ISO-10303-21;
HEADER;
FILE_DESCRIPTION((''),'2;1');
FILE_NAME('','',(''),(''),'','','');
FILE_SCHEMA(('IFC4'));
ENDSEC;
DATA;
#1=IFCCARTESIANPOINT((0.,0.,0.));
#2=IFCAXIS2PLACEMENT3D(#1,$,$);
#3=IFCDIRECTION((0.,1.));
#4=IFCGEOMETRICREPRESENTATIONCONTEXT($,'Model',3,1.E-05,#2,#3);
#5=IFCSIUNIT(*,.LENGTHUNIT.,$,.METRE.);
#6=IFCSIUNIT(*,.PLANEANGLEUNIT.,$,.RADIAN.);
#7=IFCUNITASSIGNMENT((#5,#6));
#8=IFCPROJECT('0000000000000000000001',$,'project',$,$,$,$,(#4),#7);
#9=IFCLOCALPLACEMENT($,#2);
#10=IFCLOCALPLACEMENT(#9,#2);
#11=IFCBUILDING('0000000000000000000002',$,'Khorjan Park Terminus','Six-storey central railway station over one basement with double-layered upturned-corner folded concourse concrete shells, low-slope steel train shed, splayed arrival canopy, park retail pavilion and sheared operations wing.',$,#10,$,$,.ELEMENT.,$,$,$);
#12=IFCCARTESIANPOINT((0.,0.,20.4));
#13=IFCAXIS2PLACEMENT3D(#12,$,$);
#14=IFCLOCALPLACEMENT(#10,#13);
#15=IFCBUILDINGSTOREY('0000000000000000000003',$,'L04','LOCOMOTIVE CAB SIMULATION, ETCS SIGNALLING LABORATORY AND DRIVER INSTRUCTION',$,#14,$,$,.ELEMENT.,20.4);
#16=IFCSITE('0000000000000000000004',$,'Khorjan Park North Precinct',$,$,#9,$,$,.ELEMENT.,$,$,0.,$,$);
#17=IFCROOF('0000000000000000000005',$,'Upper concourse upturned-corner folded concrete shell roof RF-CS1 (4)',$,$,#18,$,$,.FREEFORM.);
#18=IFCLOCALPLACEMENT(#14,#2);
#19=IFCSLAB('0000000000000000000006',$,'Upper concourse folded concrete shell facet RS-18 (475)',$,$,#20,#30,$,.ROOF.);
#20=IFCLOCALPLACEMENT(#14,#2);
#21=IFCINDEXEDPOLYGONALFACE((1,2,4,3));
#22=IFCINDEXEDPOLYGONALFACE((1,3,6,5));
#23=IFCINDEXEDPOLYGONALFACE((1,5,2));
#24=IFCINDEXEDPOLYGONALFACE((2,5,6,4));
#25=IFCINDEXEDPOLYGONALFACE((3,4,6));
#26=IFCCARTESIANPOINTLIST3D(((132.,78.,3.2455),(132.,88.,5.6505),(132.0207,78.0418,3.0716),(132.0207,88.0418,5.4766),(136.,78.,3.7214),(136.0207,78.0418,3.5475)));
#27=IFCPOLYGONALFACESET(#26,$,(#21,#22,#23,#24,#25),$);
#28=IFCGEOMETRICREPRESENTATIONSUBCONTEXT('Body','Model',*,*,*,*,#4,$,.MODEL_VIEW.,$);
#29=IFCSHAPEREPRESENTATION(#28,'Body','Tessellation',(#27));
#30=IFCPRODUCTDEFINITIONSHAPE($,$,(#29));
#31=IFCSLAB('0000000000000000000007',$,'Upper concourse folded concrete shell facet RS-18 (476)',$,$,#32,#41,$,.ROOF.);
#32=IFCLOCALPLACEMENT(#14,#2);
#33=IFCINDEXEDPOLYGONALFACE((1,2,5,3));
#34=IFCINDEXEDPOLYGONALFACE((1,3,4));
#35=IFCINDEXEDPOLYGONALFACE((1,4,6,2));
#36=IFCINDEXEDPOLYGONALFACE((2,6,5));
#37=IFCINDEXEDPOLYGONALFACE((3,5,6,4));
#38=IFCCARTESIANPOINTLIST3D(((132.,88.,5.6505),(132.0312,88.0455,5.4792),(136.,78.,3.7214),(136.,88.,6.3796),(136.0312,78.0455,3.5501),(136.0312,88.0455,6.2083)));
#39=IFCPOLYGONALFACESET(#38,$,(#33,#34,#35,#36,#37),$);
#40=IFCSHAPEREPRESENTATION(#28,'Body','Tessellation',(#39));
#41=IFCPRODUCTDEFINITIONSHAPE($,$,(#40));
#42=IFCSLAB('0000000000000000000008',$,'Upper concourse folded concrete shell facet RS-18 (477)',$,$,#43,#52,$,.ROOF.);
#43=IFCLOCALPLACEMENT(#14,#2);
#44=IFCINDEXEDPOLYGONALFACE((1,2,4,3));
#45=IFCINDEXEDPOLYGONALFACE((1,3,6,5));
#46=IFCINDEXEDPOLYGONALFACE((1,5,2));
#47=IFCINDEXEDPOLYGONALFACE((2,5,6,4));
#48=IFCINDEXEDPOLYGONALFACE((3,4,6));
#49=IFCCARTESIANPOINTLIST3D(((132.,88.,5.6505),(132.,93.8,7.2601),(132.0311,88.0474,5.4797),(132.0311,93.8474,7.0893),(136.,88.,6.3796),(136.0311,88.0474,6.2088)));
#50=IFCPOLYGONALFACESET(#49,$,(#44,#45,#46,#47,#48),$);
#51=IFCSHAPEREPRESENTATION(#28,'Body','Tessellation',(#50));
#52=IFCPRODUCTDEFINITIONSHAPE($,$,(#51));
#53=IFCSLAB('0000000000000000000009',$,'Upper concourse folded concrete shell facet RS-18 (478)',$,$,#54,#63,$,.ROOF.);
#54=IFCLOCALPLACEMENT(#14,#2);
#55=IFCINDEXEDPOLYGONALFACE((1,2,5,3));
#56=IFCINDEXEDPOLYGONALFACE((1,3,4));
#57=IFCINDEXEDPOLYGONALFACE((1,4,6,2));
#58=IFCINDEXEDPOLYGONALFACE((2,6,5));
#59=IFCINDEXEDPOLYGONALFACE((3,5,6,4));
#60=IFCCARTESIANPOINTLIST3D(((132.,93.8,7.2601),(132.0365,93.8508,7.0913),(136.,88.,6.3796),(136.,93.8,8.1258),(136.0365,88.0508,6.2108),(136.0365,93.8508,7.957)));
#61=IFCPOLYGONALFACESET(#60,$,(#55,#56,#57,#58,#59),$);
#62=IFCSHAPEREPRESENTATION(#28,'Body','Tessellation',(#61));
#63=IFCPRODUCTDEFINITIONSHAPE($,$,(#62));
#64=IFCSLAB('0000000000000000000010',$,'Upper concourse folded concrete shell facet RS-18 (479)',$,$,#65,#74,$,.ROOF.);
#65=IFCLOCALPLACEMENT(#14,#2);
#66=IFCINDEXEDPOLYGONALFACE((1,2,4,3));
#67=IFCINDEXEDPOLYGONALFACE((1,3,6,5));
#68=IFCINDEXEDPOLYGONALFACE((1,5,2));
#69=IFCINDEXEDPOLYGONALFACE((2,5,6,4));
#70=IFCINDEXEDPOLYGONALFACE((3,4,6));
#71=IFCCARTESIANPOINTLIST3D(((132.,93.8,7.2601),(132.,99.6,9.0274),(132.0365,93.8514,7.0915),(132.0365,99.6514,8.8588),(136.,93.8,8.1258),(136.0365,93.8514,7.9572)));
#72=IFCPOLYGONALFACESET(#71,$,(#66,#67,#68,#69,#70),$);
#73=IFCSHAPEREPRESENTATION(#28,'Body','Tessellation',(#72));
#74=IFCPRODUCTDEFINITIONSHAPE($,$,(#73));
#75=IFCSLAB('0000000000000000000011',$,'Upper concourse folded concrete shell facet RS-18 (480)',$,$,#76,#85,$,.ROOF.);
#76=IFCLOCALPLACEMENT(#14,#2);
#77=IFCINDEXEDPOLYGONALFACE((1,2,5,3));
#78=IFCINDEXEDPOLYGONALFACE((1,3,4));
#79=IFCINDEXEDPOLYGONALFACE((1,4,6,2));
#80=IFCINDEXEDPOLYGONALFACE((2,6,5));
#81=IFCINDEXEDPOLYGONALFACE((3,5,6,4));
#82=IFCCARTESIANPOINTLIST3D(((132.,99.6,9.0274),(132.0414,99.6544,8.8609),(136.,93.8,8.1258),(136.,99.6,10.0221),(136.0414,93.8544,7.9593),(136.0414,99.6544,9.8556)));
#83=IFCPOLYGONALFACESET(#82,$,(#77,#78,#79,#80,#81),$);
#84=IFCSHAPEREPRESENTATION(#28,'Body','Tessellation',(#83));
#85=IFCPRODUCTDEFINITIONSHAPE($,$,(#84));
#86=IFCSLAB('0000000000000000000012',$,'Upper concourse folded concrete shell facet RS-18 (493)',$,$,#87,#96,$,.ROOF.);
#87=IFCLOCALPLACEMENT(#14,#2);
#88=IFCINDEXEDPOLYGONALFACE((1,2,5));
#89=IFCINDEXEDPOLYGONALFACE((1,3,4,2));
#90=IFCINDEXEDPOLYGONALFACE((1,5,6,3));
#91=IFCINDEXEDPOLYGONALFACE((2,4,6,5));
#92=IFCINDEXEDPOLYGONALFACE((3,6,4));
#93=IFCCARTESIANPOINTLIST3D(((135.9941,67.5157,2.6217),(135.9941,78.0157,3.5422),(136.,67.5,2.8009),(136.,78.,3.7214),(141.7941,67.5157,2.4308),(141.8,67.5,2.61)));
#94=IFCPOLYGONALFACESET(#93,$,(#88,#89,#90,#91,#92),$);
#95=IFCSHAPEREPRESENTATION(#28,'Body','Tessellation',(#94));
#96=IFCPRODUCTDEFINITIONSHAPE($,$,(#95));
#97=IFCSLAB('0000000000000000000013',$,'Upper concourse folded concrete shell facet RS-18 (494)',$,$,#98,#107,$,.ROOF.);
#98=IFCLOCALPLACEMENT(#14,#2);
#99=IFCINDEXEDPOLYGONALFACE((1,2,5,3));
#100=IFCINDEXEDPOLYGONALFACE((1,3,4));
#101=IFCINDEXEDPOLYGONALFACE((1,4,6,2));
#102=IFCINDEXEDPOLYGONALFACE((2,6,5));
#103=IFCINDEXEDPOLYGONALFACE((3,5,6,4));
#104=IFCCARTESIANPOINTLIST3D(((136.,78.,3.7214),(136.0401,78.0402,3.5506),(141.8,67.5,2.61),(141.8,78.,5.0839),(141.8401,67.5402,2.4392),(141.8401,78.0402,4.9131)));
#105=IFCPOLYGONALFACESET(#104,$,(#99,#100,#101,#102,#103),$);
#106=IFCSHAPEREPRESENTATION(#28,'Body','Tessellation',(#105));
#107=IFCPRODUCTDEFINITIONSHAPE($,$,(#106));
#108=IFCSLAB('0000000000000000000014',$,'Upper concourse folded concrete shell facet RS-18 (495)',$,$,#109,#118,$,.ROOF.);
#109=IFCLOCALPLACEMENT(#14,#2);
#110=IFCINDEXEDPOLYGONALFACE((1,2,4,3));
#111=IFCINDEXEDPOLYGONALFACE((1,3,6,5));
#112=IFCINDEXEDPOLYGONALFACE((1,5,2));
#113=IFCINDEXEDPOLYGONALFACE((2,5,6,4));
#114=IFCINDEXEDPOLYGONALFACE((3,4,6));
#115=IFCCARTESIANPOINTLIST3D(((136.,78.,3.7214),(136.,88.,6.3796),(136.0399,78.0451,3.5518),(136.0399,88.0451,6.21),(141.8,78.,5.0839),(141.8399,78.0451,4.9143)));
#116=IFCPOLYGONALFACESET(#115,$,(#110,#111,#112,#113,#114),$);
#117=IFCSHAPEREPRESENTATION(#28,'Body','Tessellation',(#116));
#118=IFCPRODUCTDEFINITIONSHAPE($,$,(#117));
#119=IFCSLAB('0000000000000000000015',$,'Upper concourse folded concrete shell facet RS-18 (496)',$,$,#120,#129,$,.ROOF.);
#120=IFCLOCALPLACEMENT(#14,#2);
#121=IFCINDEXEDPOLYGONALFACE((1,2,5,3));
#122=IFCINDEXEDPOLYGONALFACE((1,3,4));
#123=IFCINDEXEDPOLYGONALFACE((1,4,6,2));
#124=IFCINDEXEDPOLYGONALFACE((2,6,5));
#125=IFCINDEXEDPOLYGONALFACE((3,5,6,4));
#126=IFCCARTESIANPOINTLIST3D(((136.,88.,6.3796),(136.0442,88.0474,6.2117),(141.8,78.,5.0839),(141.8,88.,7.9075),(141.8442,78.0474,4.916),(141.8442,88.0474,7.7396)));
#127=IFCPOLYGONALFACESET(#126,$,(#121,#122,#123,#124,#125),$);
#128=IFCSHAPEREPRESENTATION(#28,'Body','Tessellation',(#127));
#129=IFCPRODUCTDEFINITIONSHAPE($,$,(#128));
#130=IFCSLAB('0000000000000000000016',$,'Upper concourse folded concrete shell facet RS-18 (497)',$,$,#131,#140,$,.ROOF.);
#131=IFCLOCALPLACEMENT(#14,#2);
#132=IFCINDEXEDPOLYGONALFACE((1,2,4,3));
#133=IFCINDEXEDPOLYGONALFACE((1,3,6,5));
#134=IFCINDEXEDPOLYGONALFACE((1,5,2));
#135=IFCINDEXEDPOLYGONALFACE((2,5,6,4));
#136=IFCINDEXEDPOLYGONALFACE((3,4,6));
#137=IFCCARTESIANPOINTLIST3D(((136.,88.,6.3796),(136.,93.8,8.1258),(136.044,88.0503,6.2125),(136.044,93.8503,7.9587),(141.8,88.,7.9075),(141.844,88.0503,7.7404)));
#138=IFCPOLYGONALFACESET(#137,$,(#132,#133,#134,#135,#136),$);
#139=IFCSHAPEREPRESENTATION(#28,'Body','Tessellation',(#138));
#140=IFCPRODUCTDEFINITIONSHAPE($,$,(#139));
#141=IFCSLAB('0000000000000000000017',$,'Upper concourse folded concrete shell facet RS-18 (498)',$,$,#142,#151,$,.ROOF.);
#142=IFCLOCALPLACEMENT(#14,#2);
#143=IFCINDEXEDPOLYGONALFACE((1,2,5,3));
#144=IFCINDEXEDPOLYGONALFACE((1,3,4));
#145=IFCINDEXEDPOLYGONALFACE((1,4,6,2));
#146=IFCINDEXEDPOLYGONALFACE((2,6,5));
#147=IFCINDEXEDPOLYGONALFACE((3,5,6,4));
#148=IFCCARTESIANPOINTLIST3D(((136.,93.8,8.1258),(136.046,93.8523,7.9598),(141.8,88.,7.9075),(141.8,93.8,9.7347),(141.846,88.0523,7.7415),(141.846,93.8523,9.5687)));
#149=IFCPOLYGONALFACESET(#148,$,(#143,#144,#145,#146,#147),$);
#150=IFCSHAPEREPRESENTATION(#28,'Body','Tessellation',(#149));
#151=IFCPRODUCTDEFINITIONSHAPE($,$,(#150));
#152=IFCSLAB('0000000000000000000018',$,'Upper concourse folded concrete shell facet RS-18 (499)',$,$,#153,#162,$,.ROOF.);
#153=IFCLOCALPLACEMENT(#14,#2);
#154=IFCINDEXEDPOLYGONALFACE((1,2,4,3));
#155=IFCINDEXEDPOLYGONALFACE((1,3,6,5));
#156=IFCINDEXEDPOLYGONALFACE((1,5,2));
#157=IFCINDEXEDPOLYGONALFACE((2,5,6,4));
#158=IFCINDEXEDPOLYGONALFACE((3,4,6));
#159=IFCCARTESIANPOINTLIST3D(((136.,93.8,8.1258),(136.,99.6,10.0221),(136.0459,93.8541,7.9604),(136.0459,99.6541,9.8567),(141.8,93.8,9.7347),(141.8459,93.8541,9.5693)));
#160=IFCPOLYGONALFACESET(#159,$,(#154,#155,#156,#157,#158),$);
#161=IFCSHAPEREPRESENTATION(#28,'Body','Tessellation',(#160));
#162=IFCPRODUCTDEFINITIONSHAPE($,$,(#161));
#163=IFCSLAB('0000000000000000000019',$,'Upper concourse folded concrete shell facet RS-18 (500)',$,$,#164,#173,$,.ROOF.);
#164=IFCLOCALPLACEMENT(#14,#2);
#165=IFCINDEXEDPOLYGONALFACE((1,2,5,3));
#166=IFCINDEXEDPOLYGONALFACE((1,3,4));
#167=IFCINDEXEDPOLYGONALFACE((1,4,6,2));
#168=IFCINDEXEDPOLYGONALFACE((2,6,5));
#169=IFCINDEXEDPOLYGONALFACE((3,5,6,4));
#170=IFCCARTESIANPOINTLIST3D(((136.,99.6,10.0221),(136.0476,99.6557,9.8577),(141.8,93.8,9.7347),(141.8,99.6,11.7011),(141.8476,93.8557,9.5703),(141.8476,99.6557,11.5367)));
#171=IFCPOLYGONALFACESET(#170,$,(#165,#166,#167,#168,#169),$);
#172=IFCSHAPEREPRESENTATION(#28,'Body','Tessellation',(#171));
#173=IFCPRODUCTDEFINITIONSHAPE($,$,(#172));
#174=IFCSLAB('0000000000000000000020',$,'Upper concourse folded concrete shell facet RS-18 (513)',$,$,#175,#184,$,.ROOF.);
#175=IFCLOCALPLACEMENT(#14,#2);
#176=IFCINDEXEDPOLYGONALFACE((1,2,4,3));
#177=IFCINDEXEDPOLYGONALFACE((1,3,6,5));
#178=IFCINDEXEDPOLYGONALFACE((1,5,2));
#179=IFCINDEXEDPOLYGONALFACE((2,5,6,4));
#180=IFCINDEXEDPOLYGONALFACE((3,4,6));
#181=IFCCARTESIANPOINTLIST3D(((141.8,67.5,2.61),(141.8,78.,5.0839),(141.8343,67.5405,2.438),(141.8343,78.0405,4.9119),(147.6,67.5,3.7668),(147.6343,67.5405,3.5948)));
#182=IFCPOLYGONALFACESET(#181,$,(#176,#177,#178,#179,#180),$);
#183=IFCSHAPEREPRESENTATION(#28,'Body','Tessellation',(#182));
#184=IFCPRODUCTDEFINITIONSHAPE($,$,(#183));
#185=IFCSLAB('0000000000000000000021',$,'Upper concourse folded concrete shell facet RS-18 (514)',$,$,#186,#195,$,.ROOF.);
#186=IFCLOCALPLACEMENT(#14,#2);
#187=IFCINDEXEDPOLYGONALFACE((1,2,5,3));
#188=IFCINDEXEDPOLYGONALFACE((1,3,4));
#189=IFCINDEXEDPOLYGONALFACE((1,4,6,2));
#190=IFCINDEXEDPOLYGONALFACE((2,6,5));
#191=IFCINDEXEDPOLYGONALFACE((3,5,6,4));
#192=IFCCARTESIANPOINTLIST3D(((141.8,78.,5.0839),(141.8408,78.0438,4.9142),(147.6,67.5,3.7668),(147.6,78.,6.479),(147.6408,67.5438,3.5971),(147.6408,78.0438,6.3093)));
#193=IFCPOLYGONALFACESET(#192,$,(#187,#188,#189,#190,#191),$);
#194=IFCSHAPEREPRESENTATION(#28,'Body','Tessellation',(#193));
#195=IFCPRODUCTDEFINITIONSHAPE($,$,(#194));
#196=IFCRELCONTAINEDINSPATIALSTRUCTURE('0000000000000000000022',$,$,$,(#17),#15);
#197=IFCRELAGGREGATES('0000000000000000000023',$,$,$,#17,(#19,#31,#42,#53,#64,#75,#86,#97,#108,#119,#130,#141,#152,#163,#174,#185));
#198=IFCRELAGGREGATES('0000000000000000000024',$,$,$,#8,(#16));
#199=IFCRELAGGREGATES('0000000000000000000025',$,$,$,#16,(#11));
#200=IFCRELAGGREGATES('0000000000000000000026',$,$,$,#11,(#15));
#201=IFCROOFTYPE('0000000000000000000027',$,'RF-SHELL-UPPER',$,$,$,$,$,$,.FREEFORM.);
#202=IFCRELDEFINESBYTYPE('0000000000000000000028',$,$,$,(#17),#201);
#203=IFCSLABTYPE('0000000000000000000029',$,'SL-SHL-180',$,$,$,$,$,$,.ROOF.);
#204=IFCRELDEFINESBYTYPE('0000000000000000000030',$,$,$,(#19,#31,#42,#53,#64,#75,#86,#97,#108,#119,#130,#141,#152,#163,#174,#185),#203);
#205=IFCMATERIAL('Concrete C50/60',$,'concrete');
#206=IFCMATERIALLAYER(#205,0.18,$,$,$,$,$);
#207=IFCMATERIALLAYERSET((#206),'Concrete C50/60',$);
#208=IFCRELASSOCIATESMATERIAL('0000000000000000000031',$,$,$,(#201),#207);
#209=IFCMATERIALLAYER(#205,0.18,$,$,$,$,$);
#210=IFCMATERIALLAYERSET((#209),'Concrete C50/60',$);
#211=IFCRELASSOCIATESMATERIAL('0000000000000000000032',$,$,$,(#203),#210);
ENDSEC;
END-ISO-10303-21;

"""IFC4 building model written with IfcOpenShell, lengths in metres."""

from ifc_helpers import new_model, si_unit, direction, frame, origin, place, context, subcontext, project, spatial, polyline, outline, extrude, material, layer, layer_set, type_object, element, aggregate, save


model = new_model("IFC4")

# Units and contexts
model_context = context("Model", 3, precision=1e-05, world=origin(), true_north=direction((0.0, 1.0)))
body_context = subcontext(model_context, "Body", "Model", "MODEL_VIEW")
ifc_project = project(units=[si_unit("LENGTHUNIT", "METRE"), si_unit("PLANEANGLEUNIT", "RADIAN")], contexts=[model_context])

# Site, building, storey
site_placement = place(None, origin())
site = spatial("IfcSite", under=ifc_project, at=site_placement, Name="Khorjan Park North Precinct", CompositionType="ELEMENT", RefElevation=0.0)
building_placement = place(site_placement, origin())
building = spatial("IfcBuilding", under=site, at=building_placement, Name="Khorjan Park Terminus", Description="Six-storey central railway station over one basement with double-layered upturned-corner folded concourse concrete shells, low-slope steel train shed, splayed arrival canopy, park retail pavilion and sheared operations wing.", CompositionType="ELEMENT")
storey_placement = place(building_placement, frame((0.0, 0.0, 20.4)))
storey = spatial("IfcBuildingStorey", under=building, at=storey_placement, Name="L04", Description="LOCOMOTIVE CAB SIMULATION, ETCS SIGNALLING LABORATORY AND DRIVER INSTRUCTION", CompositionType="ELEMENT", Elevation=20.4)

# Roof, slabs
ifc_material = material(Name="Concrete C50/60", Category="concrete")
ifc_layer_1 = layer(ifc_material, 0.18)
ifc_layer_set_1 = layer_set([ifc_layer_1], Name="Concrete C50/60")
roof_type = type_object("IfcRoofType", Name="RF-SHELL-UPPER", PredefinedType="FREEFORM", material=ifc_layer_set_1)
ifc_layer_2 = layer(ifc_material, 0.18)
ifc_layer_set_2 = layer_set([ifc_layer_2], Name="Concrete C50/60")
slab_type = type_object("IfcSlabType", Name="SL-SHL-180", PredefinedType="ROOF", material=ifc_layer_set_2)
roof_1_placement = place(storey_placement, origin())
roof_1 = element("IfcRoof", 1, at=roof_1_placement, inside=storey, type_object=roof_type, Name="Upper concourse upturned-corner folded concrete shell roof RF-CS1 (4)", PredefinedType="FREEFORM")
slab_1_placement = place(storey_placement, frame((132.0, 78.0, 3.2455), z_axis=(-0.11491, -0.232284, 0.965836), x_axis=(0.992997, 0.0, 0.118142)))
slab_1 = element("IfcSlab", 2, at=slab_1_placement, type_object=slab_type, Name="Upper concourse folded concrete shell facet RS-18 (475)", PredefinedType="ROOF", context=body_context, shape_type="SweptSolid", body=[
    extrude(outline(polyline([(0.0, 0.0), (4.0282, 0.0), (0.2841, 10.2812), (0.0, 0.0)])), origin(), (0.0, 0.0, -1.0), 0.18),
])
slab_2_placement = place(storey_placement, frame((136.0, 78.0, 3.7214), z_axis=(-0.173486, -0.253003, 0.951784), x_axis=(0.0, 0.966438, 0.256899)))
slab_2 = element("IfcSlab", 3, at=slab_2_placement, type_object=slab_type, Name="Upper concourse folded concrete shell facet RS-18 (476)", PredefinedType="ROOF", context=body_context, shape_type="SweptSolid", body=[
    extrude(outline(polyline([(0.0, 0.0), (10.3473, 0.0), (10.16, 4.0616), (0.0, 0.0)])), origin(), (0.0, 0.0, -1.0), 0.18),
])
slab_3_placement = place(storey_placement, frame((132.0, 88.0, 5.6505), z_axis=(-0.172989, -0.263379, 0.949055), x_axis=(0.983791, 0.0, 0.17932)))
slab_3 = element("IfcSlab", 4, at=slab_3_placement, type_object=slab_type, Name="Upper concourse folded concrete shell facet RS-18 (477)", PredefinedType="ROOF", context=body_context, shape_type="SweptSolid", body=[
    extrude(outline(polyline([(0.0, 0.0), (4.0659, 0.0), (0.2886, 6.0123), (0.0, 0.0)])), origin(), (0.0, 0.0, -1.0), 0.18),
])
slab_4_placement = place(storey_placement, frame((136.0, 88.0, 6.3796), z_axis=(-0.202925, -0.282289, 0.937622), x_axis=(0.0, 0.957544, 0.288287)))
slab_4 = element("IfcSlab", 5, at=slab_4_placement, type_object=slab_type, Name="Upper concourse folded concrete shell facet RS-18 (478)", PredefinedType="ROOF", context=body_context, shape_type="SweptSolid", body=[
    extrude(outline(polyline([(0.0, 0.0), (6.0572, 0.0), (5.8076, 4.085), (0.0, 0.0)])), origin(), (0.0, 0.0, -1.0), 0.18),
])
slab_5_placement = place(storey_placement, frame((132.0, 93.8, 7.2601), z_axis=(-0.202728, -0.285423, 0.936715), x_axis=(0.977372, 0.0, 0.211528)))
slab_5 = element("IfcSlab", 6, at=slab_5_placement, type_object=slab_type, Name="Upper concourse folded concrete shell facet RS-18 (479)", PredefinedType="ROOF", context=body_context, shape_type="SweptSolid", body=[
    extrude(outline(polyline([(0.0, 0.0), (4.0926, 0.0), (0.3738, 6.0517), (0.0, 0.0)])), origin(), (0.0, 0.0, -1.0), 0.18),
])
slab_6_placement = place(storey_placement, frame((136.0, 93.8, 8.1258), z_axis=(-0.230025, -0.302427, 0.925001), x_axis=(0.0, 0.950488, 0.31076)))
slab_6 = element("IfcSlab", 7, at=slab_6_placement, type_object=slab_type, Name="Upper concourse folded concrete shell facet RS-18 (480)", PredefinedType="ROOF", context=body_context, shape_type="SweptSolid", body=[
    extrude(outline(polyline([(0.0, 0.0), (6.1021, 0.0), (5.793, 4.1102), (0.0, 0.0)])), origin(), (0.0, 0.0, -1.0), 0.18),
])
slab_7_placement = place(storey_placement, frame((136.0, 67.5, 2.8009), z_axis=(0.03277, -0.087285, 0.995644), x_axis=(0.999459, 0.0, -0.032896)))
slab_7 = element("IfcSlab", 8, at=slab_7_placement, type_object=slab_type, Name="Upper concourse folded concrete shell facet RS-18 (493)", PredefinedType="ROOF", context=body_context, shape_type="SweptSolid", body=[
    extrude(outline(polyline([(0.0, 0.0), (5.8031, 0.0), (-0.0303, 10.5402), (0.0, 0.0)])), origin(), (0.0, 0.0, -1.0), 0.18),
])
slab_8_placement = place(storey_placement, frame((141.8, 67.5, 2.61), z_axis=(-0.2229, -0.223561, 0.94886), x_axis=(0.0, 0.973349, 0.22933)))
slab_8 = element("IfcSlab", 9, at=slab_8_placement, type_object=slab_type, Name="Upper concourse folded concrete shell facet RS-18 (494)", PredefinedType="ROOF", context=body_context, shape_type="SweptSolid", body=[
    extrude(outline(polyline([(0.0, 0.0), (10.7875, 0.0), (10.475, 5.9497), (0.0, 0.0)])), origin(), (0.0, 0.0, -1.0), 0.18),
])
slab_9_placement = place(storey_placement, frame((136.0, 78.0, 3.7214), z_axis=(-0.221396, -0.250523, 0.942455), x_axis=(0.9735, 0.0, 0.228688)))
slab_9 = element("IfcSlab", 10, at=slab_9_placement, type_object=slab_type, Name="Upper concourse folded concrete shell facet RS-18 (495)", PredefinedType="ROOF", context=body_context, shape_type="SweptSolid", body=[
    extrude(outline(polyline([(0.0, 0.0), (5.9579, 0.0), (0.6079, 10.3294), (0.0, 0.0)])), origin(), (0.0, 0.0, -1.0), 0.18),
])
slab_10_placement = place(storey_placement, frame((141.8, 78.0, 5.0839), z_axis=(-0.245744, -0.263403, 0.932861), x_axis=(0.0, 0.962372, 0.271735)))
slab_10 = element("IfcSlab", 11, at=slab_10_placement, type_object=slab_type, Name="Upper concourse folded concrete shell facet RS-18 (496)", PredefinedType="ROOF", context=body_context, shape_type="SweptSolid", body=[
    extrude(outline(polyline([(0.0, 0.0), (10.391, 0.0), (9.9758, 5.9835), (0.0, 0.0)])), origin(), (0.0, 0.0, -1.0), 0.18),
])
slab_11_placement = place(storey_placement, frame((136.0, 88.0, 6.3796), z_axis=(-0.244586, -0.279531, 0.928461), x_axis=(0.967009, 0.0, 0.25474)))
slab_11 = element("IfcSlab", 12, at=slab_11_placement, type_object=slab_type, Name="Upper concourse folded concrete shell facet RS-18 (497)", PredefinedType="ROOF", context=body_context, shape_type="SweptSolid", body=[
    extrude(outline(polyline([(0.0, 0.0), (5.9979, 0.0), (0.4448, 6.0408), (0.0, 0.0)])), origin(), (0.0, 0.0, -1.0), 0.18),
])
slab_12_placement = place(storey_placement, frame((141.8, 88.0, 7.9075), z_axis=(-0.255777, -0.290481, 0.922062), x_axis=(0.0, 0.953789, 0.300476)))
slab_12 = element("IfcSlab", 13, at=slab_12_placement, type_object=slab_type, Name="Upper concourse folded concrete shell facet RS-18 (498)", PredefinedType="ROOF", context=body_context, shape_type="SweptSolid", body=[
    extrude(outline(polyline([(0.0, 0.0), (6.081, 0.0), (5.5976, 5.9996), (0.0, 0.0)])), origin(), (0.0, 0.0, -1.0), 0.18),
])
slab_13_placement = place(storey_placement, frame((136.0, 93.8, 8.1258), z_axis=(-0.254949, -0.300491, 0.919079), x_axis=(0.963613, 0.0, 0.267303)))
slab_13 = element("IfcSlab", 14, at=slab_13_placement, type_object=slab_type, Name="Upper concourse folded concrete shell facet RS-18 (499)", PredefinedType="ROOF", context=body_context, shape_type="SweptSolid", body=[
    extrude(outline(polyline([(0.0, 0.0), (6.019, 0.0), (0.5069, 6.081), (0.0, 0.0)])), origin(), (0.0, 0.0, -1.0), 0.18),
])
slab_14_placement = place(storey_placement, frame((141.8, 93.8, 9.7347), z_axis=(-0.264399, -0.309657, 0.913349), x_axis=(0.0, 0.947051, 0.321083)))
slab_14 = element("IfcSlab", 15, at=slab_14_placement, type_object=slab_type, Name="Upper concourse folded concrete shell facet RS-18 (500)", PredefinedType="ROOF", context=body_context, shape_type="SweptSolid", body=[
    extrude(outline(polyline([(0.0, 0.0), (6.1243, 0.0), (5.5852, 6.014), (0.0, 0.0)])), origin(), (0.0, 0.0, -1.0), 0.18),
])
slab_15_placement = place(storey_placement, frame((141.8, 67.5, 2.61), z_axis=(-0.190575, -0.225127, 0.95551), x_axis=(0.980685, 0.0, 0.195596)))
slab_15 = element("IfcSlab", 16, at=slab_15_placement, type_object=slab_type, Name="Upper concourse folded concrete shell facet RS-18 (513)", PredefinedType="ROOF", context=body_context, shape_type="SweptSolid", body=[
    extrude(outline(polyline([(0.0, 0.0), (5.9142, 0.0), (0.4839, 10.7766), (0.0, 0.0)])), origin(), (0.0, 0.0, -1.0), 0.18),
])
slab_16_placement = place(storey_placement, frame((147.6, 67.5, 3.7668), z_axis=(-0.226821, -0.243578, 0.942986), x_axis=(0.0, 0.968221, 0.250096)))
slab_16 = element("IfcSlab", 17, at=slab_16_placement, type_object=slab_type, Name="Upper concourse folded concrete shell facet RS-18 (514)", PredefinedType="ROOF", context=body_context, shape_type="SweptSolid", body=[
    extrude(outline(polyline([(0.0, 0.0), (10.8446, 0.0), (10.4957, 5.9552), (0.0, 0.0)])), origin(), (0.0, 0.0, -1.0), 0.18),
])
aggregate(roof_1, [slab_1, slab_2, slab_3, slab_4, slab_5, slab_6, slab_7, slab_8, slab_9, slab_10, slab_11, slab_12, slab_13, slab_14, slab_15, slab_16])

save(model, "model.ifc")
